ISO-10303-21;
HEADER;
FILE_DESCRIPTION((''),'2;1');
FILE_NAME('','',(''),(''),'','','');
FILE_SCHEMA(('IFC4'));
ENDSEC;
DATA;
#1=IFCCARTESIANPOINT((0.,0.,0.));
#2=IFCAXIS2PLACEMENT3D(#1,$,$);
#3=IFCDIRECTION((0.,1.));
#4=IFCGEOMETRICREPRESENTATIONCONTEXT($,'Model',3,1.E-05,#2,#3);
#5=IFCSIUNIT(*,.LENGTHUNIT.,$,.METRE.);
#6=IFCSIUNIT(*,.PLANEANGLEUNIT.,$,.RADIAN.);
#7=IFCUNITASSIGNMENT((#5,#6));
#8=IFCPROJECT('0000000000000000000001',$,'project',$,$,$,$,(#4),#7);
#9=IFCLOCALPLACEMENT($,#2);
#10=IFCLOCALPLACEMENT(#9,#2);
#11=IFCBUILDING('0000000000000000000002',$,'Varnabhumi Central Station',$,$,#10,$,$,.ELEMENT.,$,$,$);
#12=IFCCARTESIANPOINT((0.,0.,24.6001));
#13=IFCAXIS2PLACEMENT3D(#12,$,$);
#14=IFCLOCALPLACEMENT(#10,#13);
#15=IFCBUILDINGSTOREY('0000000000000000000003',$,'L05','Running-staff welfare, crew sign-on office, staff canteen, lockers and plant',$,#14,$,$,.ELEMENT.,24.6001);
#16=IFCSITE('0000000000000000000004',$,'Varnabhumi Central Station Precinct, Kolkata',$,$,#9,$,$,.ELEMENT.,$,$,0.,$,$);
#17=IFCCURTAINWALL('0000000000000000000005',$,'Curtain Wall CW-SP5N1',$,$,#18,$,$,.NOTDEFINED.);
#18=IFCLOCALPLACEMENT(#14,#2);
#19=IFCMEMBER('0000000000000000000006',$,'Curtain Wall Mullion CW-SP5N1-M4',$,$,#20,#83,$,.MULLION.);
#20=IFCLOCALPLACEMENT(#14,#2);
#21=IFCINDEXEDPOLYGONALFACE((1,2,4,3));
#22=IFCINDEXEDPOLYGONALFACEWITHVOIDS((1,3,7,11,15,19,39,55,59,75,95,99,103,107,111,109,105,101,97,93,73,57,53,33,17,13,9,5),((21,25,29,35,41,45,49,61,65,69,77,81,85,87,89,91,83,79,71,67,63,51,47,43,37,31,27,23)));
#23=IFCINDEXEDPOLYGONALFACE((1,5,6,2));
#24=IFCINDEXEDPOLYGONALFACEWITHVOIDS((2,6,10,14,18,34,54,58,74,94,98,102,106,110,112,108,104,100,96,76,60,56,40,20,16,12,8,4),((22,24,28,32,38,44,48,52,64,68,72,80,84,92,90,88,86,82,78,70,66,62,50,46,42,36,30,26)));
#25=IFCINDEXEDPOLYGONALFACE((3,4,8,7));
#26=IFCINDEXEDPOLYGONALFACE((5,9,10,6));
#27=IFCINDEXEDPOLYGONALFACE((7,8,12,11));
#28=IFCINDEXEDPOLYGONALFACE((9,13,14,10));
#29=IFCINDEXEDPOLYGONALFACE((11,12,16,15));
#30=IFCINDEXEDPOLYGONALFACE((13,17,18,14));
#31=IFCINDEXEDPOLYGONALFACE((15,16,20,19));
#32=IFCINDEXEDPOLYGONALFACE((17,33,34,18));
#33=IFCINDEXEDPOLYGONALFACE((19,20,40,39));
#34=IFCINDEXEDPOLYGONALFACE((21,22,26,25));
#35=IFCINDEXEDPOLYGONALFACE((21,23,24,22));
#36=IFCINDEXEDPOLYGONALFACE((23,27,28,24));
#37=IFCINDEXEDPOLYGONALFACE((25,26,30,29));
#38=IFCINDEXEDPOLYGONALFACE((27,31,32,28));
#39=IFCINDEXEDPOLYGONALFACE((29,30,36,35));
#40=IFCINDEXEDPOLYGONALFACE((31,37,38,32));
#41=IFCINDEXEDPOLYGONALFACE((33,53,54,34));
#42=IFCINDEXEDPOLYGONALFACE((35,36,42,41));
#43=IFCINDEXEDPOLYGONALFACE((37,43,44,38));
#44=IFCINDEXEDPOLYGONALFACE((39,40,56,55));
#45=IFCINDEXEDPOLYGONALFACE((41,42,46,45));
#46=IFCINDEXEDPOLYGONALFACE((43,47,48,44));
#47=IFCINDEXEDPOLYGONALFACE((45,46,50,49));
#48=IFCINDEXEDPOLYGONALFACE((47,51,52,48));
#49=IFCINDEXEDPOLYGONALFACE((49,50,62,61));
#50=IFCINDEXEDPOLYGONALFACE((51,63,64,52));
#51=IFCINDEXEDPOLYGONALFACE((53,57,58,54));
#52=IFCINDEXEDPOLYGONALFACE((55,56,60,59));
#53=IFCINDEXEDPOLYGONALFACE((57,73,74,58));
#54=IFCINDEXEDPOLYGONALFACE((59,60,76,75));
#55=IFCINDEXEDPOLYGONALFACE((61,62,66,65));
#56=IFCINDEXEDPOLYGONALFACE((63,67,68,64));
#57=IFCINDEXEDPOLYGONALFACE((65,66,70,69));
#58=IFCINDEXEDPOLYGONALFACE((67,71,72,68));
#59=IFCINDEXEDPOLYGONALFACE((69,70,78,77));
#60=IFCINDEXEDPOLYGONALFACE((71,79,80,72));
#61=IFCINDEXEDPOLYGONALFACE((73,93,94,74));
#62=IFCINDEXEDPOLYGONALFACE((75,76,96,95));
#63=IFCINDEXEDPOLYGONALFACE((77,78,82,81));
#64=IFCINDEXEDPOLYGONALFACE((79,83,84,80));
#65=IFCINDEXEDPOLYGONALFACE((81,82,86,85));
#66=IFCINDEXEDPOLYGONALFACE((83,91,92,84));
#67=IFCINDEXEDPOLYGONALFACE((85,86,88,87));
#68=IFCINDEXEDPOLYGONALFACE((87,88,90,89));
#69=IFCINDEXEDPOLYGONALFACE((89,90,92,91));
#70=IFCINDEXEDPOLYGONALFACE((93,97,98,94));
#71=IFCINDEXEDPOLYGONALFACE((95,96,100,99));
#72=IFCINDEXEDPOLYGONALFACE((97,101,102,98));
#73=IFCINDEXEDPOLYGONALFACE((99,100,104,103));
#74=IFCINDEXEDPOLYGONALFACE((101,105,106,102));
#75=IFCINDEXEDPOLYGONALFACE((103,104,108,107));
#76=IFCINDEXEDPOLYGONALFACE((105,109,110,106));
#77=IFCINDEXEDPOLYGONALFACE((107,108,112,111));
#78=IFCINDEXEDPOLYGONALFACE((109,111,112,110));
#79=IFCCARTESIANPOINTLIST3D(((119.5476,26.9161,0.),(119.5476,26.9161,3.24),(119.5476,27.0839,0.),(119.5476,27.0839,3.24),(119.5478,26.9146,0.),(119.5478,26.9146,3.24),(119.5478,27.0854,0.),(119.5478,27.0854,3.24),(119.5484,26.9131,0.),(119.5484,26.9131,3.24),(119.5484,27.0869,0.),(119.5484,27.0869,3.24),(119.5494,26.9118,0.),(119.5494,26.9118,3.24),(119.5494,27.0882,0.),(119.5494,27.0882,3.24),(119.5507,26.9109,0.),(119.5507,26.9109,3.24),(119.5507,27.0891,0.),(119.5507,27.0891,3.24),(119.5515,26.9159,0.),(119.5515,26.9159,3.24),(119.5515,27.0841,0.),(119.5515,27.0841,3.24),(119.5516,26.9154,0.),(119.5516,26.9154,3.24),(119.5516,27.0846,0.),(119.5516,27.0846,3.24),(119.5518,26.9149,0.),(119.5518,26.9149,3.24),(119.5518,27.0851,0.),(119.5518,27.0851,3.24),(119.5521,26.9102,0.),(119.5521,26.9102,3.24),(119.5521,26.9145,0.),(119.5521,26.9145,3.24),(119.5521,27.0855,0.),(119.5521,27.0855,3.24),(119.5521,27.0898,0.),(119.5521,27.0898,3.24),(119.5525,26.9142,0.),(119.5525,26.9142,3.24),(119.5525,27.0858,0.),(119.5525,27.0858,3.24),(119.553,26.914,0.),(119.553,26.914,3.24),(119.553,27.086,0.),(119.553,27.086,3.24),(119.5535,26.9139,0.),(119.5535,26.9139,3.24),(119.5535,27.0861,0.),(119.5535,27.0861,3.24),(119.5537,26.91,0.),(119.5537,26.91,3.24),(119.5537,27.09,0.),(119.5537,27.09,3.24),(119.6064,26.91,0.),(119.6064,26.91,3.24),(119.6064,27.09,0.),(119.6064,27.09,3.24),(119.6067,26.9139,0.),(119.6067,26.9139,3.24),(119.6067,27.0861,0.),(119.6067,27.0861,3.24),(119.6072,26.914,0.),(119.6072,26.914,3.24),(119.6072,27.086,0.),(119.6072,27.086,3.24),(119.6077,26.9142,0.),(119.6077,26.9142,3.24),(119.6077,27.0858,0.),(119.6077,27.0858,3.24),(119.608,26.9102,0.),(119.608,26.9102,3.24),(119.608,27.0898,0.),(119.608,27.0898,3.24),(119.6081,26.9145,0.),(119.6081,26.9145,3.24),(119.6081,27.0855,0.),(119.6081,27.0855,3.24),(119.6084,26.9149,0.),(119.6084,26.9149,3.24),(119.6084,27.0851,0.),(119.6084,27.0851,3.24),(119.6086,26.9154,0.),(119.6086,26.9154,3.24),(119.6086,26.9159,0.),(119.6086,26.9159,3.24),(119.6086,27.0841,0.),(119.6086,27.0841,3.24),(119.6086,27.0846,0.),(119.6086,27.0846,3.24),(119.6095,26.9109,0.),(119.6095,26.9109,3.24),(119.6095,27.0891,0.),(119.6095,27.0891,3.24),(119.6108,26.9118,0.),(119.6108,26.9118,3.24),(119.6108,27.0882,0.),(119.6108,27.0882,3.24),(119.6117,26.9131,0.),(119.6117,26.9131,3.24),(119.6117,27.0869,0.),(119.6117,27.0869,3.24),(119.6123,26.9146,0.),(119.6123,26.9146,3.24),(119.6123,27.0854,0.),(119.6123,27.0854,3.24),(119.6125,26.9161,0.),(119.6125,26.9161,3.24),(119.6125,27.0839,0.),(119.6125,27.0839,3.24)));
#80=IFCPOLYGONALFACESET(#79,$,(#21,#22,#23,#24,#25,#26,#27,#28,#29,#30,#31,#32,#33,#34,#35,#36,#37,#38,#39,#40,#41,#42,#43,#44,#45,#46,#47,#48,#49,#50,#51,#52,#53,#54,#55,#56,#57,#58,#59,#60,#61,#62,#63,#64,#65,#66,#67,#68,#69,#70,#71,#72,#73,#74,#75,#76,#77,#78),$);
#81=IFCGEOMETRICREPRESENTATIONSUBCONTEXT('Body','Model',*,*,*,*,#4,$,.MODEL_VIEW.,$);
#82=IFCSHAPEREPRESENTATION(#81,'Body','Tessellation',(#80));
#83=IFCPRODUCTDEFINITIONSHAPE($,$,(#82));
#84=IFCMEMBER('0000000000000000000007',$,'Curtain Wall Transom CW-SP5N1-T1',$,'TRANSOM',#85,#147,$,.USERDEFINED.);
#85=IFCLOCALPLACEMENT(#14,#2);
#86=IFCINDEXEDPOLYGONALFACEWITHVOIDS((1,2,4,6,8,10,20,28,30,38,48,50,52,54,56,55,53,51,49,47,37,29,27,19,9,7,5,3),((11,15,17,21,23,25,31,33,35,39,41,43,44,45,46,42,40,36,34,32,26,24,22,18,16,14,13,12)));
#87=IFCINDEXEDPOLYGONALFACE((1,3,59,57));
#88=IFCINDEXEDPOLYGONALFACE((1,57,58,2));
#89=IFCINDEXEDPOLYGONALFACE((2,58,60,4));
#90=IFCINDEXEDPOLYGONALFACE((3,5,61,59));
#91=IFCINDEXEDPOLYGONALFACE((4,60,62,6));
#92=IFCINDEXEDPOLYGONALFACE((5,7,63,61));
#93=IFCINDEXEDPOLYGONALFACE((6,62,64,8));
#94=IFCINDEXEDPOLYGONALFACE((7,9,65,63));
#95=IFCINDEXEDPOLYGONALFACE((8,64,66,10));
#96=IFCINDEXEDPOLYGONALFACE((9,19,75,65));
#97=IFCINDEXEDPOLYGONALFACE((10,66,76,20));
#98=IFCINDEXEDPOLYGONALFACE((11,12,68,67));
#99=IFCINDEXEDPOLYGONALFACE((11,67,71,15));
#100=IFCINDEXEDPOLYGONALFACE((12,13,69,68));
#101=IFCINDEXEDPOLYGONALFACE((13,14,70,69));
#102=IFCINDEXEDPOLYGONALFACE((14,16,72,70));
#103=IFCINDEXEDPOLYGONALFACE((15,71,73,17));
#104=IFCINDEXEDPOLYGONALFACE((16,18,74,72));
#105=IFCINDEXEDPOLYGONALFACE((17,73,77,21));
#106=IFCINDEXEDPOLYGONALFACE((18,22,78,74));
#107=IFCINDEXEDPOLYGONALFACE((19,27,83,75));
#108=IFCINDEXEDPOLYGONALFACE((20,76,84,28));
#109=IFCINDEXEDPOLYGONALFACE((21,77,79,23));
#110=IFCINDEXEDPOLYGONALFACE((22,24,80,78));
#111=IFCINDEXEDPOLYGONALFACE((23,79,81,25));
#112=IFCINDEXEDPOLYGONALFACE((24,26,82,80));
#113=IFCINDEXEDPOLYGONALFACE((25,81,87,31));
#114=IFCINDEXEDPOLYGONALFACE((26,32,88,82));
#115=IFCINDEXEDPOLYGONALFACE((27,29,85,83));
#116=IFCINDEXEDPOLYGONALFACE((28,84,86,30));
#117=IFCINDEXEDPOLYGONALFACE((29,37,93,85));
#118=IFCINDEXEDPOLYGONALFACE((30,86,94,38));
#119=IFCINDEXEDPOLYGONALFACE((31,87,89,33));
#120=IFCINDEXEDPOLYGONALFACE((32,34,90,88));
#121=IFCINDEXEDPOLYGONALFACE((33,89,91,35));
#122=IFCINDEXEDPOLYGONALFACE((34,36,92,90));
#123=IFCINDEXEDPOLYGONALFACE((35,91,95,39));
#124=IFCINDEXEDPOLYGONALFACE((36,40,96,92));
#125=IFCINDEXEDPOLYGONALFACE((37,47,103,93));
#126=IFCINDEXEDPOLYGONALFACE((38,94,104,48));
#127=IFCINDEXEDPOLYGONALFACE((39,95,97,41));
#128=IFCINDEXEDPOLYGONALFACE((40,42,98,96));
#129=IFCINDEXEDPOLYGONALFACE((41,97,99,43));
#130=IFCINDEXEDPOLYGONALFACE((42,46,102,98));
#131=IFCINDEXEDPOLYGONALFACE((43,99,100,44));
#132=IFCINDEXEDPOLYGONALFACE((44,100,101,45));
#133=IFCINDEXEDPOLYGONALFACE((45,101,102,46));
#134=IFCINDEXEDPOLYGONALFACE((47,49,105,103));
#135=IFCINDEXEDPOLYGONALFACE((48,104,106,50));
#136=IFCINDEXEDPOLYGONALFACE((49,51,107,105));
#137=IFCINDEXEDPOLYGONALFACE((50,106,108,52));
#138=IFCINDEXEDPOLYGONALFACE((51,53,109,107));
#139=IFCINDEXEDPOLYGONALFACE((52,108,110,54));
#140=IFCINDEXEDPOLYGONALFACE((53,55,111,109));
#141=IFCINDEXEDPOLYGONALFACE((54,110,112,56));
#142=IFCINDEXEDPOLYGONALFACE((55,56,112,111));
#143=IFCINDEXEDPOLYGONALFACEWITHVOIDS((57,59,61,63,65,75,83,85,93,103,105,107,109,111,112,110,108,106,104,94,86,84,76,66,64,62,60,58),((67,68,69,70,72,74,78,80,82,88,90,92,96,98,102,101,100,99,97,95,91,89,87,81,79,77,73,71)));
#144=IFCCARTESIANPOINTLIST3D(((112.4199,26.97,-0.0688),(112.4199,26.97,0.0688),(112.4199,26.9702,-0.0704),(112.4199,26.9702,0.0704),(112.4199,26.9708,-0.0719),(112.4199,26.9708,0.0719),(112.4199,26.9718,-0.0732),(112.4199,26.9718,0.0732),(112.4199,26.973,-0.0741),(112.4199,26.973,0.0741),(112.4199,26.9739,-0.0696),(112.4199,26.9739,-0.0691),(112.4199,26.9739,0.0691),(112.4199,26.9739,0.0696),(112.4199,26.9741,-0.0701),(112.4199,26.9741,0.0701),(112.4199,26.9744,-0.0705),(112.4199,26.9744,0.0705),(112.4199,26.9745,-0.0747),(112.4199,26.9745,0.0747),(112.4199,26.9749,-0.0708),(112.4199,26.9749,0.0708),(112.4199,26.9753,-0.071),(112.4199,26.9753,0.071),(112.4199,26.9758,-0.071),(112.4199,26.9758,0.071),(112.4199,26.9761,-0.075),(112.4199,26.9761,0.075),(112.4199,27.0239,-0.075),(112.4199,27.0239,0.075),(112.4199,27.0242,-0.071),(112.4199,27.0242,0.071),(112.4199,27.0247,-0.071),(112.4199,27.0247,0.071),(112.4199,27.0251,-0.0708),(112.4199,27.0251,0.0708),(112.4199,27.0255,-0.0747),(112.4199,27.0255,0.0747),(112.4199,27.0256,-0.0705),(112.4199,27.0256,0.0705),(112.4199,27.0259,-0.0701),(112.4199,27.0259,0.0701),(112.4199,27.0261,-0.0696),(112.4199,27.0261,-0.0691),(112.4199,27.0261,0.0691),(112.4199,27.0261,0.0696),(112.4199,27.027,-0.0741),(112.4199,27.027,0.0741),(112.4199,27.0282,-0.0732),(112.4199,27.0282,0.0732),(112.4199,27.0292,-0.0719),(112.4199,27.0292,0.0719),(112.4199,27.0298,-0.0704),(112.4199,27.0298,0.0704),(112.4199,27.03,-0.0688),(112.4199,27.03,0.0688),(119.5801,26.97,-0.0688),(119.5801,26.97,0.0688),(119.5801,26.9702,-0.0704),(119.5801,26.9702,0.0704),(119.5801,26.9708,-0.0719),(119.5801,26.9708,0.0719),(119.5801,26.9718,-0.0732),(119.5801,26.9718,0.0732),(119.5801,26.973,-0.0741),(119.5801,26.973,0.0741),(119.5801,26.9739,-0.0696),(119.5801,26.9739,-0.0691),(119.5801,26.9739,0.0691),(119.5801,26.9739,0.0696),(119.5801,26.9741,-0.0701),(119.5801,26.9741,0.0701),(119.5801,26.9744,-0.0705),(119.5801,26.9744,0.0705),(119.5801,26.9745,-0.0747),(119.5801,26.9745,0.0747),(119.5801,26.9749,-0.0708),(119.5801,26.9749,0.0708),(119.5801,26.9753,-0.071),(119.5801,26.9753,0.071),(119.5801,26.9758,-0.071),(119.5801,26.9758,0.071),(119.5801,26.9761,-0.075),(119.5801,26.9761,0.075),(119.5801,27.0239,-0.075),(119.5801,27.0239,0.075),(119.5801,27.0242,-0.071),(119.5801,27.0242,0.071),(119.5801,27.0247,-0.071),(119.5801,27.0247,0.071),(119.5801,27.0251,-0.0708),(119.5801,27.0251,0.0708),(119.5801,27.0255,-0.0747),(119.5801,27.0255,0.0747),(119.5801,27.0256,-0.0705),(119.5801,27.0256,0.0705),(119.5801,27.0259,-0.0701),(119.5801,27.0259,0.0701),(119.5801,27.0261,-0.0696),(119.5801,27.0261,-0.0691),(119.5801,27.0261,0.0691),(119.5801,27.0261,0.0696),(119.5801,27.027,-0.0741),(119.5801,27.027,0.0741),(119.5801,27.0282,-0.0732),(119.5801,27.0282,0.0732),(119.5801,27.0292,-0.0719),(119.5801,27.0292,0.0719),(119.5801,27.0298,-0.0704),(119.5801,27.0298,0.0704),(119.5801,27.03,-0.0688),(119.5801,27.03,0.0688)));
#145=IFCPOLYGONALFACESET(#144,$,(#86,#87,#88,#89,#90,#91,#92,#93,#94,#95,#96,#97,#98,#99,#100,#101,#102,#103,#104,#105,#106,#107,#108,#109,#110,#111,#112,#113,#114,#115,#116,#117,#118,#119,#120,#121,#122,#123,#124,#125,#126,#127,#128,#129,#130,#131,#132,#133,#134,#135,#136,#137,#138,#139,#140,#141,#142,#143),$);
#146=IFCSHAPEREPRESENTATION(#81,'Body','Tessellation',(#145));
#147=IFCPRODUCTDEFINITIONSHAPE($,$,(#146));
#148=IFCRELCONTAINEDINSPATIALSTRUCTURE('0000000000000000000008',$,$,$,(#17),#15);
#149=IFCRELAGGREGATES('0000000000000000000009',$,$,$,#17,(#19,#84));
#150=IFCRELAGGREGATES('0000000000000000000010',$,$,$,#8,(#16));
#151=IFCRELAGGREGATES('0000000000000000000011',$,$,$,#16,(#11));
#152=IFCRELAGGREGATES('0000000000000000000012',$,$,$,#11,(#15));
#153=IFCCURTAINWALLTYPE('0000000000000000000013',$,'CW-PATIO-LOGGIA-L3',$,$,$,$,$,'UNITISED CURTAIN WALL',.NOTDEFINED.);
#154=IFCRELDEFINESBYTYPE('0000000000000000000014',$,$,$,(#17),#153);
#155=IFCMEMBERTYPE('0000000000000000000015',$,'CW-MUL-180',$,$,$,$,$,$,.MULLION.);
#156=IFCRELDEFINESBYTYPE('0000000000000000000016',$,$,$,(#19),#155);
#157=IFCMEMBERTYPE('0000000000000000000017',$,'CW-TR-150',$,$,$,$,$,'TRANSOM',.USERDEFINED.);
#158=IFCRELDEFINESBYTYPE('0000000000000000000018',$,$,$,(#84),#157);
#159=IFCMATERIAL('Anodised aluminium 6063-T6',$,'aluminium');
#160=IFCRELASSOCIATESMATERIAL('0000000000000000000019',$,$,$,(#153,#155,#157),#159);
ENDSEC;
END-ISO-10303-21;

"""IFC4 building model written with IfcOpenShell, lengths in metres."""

from ifc_helpers import new_model, si_unit, direction, frame, origin, origin_2d, place, context, subcontext, project, spatial, hollow_rectangle, extrude, material, material_profile, profile_set, type_object, element, aggregate, save


model = new_model("IFC4")

# Units and contexts
model_context = context("Model", 3, precision=1e-05, world=origin(), true_north=direction((0.0, 1.0)))
body_context = subcontext(model_context, "Body", "Model", "MODEL_VIEW")
ifc_project = project(units=[si_unit("LENGTHUNIT", "METRE"), si_unit("PLANEANGLEUNIT", "RADIAN")], contexts=[model_context])

# Site, building, storey
site_placement = place(None, origin())
site = spatial("IfcSite", under=ifc_project, at=site_placement, Name="Varnabhumi Central Station Precinct, Kolkata", CompositionType="ELEMENT", RefElevation=0.0)
building_placement = place(site_placement, origin())
building = spatial("IfcBuilding", under=site, at=building_placement, Name="Varnabhumi Central Station", CompositionType="ELEMENT")
storey_placement = place(building_placement, frame((0.0, 0.0, 24.6001)))
storey = spatial("IfcBuildingStorey", under=building, at=storey_placement, Name="L05", Description="Running-staff welfare, crew sign-on office, staff canteen, lockers and plant", CompositionType="ELEMENT", Elevation=24.6001)

# Curtain wall, members
ifc_material_1 = material(Name="Anodised aluminium 6063-T6", Category="aluminium")
curtain_wall_type = type_object("IfcCurtainWallType", Name="CW-PATIO-LOGGIA-L3", ElementType="UNITISED CURTAIN WALL", PredefinedType="NOTDEFINED", material=ifc_material_1)
ifc_material_profile_1 = material_profile(ifc_material_1, hollow_rectangle(XDim=0.0649, YDim=0.1799, WallThickness=0.0039, InnerFilletRadius=0.002, OuterFilletRadius=0.0061, at=origin_2d()), Name="Anodised aluminium 6063-T6", Category="aluminium")
ifc_profile_set_1 = profile_set([ifc_material_profile_1], Name="Anodised aluminium 6063-T6")
member_type_1 = type_object("IfcMemberType", Name="CW-MUL-180", PredefinedType="MULLION", material=ifc_profile_set_1)
curtain_wall_1_placement = place(storey_placement, origin())
curtain_wall_1 = element("IfcCurtainWall", 1, at=curtain_wall_1_placement, inside=storey, type_object=curtain_wall_type, Name="Curtain Wall CW-SP5N1", PredefinedType="NOTDEFINED")
member_1_placement = place(storey_placement, frame((119.5801, 27.0, 0.0), z_axis=(0.0, 0.0, 1.0), x_axis=(1.0, 0.0, 0.0)))
member_1 = element("IfcMember", 2, at=member_1_placement, type_object=member_type_1, Name="Curtain Wall Mullion CW-SP5N1-M4", PredefinedType="MULLION", context=body_context, shape_type="SweptSolid", body=[
    extrude(hollow_rectangle(XDim=0.0649, YDim=0.1799, WallThickness=0.0039, InnerFilletRadius=0.002, OuterFilletRadius=0.0061, at=origin_2d()), origin(), (0.0, 0.0, 1.0), 3.24),
])
ifc_material_profile_2 = material_profile(ifc_material_1, hollow_rectangle(XDim=0.0601, YDim=0.1499, WallThickness=0.0039, InnerFilletRadius=0.002, OuterFilletRadius=0.0061, at=origin_2d()), Name="Anodised aluminium 6063-T6", Category="aluminium")
ifc_profile_set_2 = profile_set([ifc_material_profile_2], Name="Anodised aluminium 6063-T6")
member_type_2 = type_object("IfcMemberType", Name="CW-TR-150", ElementType="TRANSOM", PredefinedType="USERDEFINED", material=ifc_profile_set_2)
member_2_placement = place(storey_placement, frame((112.4199, 27.0, 0.0), z_axis=(1.0, 0.0, 0.0), x_axis=(0.0, 1.0, 0.0)))
member_2 = element("IfcMember", 3, at=member_2_placement, type_object=member_type_2, Name="Curtain Wall Transom CW-SP5N1-T1", ObjectType="TRANSOM", PredefinedType="USERDEFINED", context=body_context, shape_type="SweptSolid", body=[
    extrude(hollow_rectangle(XDim=0.0601, YDim=0.1499, WallThickness=0.0039, InnerFilletRadius=0.002, OuterFilletRadius=0.0061, at=origin_2d()), origin(), (0.0, 0.0, 1.0), 7.1602),
])

aggregate(curtain_wall_1, [member_1, member_2])

save(model, "model.ifc")
